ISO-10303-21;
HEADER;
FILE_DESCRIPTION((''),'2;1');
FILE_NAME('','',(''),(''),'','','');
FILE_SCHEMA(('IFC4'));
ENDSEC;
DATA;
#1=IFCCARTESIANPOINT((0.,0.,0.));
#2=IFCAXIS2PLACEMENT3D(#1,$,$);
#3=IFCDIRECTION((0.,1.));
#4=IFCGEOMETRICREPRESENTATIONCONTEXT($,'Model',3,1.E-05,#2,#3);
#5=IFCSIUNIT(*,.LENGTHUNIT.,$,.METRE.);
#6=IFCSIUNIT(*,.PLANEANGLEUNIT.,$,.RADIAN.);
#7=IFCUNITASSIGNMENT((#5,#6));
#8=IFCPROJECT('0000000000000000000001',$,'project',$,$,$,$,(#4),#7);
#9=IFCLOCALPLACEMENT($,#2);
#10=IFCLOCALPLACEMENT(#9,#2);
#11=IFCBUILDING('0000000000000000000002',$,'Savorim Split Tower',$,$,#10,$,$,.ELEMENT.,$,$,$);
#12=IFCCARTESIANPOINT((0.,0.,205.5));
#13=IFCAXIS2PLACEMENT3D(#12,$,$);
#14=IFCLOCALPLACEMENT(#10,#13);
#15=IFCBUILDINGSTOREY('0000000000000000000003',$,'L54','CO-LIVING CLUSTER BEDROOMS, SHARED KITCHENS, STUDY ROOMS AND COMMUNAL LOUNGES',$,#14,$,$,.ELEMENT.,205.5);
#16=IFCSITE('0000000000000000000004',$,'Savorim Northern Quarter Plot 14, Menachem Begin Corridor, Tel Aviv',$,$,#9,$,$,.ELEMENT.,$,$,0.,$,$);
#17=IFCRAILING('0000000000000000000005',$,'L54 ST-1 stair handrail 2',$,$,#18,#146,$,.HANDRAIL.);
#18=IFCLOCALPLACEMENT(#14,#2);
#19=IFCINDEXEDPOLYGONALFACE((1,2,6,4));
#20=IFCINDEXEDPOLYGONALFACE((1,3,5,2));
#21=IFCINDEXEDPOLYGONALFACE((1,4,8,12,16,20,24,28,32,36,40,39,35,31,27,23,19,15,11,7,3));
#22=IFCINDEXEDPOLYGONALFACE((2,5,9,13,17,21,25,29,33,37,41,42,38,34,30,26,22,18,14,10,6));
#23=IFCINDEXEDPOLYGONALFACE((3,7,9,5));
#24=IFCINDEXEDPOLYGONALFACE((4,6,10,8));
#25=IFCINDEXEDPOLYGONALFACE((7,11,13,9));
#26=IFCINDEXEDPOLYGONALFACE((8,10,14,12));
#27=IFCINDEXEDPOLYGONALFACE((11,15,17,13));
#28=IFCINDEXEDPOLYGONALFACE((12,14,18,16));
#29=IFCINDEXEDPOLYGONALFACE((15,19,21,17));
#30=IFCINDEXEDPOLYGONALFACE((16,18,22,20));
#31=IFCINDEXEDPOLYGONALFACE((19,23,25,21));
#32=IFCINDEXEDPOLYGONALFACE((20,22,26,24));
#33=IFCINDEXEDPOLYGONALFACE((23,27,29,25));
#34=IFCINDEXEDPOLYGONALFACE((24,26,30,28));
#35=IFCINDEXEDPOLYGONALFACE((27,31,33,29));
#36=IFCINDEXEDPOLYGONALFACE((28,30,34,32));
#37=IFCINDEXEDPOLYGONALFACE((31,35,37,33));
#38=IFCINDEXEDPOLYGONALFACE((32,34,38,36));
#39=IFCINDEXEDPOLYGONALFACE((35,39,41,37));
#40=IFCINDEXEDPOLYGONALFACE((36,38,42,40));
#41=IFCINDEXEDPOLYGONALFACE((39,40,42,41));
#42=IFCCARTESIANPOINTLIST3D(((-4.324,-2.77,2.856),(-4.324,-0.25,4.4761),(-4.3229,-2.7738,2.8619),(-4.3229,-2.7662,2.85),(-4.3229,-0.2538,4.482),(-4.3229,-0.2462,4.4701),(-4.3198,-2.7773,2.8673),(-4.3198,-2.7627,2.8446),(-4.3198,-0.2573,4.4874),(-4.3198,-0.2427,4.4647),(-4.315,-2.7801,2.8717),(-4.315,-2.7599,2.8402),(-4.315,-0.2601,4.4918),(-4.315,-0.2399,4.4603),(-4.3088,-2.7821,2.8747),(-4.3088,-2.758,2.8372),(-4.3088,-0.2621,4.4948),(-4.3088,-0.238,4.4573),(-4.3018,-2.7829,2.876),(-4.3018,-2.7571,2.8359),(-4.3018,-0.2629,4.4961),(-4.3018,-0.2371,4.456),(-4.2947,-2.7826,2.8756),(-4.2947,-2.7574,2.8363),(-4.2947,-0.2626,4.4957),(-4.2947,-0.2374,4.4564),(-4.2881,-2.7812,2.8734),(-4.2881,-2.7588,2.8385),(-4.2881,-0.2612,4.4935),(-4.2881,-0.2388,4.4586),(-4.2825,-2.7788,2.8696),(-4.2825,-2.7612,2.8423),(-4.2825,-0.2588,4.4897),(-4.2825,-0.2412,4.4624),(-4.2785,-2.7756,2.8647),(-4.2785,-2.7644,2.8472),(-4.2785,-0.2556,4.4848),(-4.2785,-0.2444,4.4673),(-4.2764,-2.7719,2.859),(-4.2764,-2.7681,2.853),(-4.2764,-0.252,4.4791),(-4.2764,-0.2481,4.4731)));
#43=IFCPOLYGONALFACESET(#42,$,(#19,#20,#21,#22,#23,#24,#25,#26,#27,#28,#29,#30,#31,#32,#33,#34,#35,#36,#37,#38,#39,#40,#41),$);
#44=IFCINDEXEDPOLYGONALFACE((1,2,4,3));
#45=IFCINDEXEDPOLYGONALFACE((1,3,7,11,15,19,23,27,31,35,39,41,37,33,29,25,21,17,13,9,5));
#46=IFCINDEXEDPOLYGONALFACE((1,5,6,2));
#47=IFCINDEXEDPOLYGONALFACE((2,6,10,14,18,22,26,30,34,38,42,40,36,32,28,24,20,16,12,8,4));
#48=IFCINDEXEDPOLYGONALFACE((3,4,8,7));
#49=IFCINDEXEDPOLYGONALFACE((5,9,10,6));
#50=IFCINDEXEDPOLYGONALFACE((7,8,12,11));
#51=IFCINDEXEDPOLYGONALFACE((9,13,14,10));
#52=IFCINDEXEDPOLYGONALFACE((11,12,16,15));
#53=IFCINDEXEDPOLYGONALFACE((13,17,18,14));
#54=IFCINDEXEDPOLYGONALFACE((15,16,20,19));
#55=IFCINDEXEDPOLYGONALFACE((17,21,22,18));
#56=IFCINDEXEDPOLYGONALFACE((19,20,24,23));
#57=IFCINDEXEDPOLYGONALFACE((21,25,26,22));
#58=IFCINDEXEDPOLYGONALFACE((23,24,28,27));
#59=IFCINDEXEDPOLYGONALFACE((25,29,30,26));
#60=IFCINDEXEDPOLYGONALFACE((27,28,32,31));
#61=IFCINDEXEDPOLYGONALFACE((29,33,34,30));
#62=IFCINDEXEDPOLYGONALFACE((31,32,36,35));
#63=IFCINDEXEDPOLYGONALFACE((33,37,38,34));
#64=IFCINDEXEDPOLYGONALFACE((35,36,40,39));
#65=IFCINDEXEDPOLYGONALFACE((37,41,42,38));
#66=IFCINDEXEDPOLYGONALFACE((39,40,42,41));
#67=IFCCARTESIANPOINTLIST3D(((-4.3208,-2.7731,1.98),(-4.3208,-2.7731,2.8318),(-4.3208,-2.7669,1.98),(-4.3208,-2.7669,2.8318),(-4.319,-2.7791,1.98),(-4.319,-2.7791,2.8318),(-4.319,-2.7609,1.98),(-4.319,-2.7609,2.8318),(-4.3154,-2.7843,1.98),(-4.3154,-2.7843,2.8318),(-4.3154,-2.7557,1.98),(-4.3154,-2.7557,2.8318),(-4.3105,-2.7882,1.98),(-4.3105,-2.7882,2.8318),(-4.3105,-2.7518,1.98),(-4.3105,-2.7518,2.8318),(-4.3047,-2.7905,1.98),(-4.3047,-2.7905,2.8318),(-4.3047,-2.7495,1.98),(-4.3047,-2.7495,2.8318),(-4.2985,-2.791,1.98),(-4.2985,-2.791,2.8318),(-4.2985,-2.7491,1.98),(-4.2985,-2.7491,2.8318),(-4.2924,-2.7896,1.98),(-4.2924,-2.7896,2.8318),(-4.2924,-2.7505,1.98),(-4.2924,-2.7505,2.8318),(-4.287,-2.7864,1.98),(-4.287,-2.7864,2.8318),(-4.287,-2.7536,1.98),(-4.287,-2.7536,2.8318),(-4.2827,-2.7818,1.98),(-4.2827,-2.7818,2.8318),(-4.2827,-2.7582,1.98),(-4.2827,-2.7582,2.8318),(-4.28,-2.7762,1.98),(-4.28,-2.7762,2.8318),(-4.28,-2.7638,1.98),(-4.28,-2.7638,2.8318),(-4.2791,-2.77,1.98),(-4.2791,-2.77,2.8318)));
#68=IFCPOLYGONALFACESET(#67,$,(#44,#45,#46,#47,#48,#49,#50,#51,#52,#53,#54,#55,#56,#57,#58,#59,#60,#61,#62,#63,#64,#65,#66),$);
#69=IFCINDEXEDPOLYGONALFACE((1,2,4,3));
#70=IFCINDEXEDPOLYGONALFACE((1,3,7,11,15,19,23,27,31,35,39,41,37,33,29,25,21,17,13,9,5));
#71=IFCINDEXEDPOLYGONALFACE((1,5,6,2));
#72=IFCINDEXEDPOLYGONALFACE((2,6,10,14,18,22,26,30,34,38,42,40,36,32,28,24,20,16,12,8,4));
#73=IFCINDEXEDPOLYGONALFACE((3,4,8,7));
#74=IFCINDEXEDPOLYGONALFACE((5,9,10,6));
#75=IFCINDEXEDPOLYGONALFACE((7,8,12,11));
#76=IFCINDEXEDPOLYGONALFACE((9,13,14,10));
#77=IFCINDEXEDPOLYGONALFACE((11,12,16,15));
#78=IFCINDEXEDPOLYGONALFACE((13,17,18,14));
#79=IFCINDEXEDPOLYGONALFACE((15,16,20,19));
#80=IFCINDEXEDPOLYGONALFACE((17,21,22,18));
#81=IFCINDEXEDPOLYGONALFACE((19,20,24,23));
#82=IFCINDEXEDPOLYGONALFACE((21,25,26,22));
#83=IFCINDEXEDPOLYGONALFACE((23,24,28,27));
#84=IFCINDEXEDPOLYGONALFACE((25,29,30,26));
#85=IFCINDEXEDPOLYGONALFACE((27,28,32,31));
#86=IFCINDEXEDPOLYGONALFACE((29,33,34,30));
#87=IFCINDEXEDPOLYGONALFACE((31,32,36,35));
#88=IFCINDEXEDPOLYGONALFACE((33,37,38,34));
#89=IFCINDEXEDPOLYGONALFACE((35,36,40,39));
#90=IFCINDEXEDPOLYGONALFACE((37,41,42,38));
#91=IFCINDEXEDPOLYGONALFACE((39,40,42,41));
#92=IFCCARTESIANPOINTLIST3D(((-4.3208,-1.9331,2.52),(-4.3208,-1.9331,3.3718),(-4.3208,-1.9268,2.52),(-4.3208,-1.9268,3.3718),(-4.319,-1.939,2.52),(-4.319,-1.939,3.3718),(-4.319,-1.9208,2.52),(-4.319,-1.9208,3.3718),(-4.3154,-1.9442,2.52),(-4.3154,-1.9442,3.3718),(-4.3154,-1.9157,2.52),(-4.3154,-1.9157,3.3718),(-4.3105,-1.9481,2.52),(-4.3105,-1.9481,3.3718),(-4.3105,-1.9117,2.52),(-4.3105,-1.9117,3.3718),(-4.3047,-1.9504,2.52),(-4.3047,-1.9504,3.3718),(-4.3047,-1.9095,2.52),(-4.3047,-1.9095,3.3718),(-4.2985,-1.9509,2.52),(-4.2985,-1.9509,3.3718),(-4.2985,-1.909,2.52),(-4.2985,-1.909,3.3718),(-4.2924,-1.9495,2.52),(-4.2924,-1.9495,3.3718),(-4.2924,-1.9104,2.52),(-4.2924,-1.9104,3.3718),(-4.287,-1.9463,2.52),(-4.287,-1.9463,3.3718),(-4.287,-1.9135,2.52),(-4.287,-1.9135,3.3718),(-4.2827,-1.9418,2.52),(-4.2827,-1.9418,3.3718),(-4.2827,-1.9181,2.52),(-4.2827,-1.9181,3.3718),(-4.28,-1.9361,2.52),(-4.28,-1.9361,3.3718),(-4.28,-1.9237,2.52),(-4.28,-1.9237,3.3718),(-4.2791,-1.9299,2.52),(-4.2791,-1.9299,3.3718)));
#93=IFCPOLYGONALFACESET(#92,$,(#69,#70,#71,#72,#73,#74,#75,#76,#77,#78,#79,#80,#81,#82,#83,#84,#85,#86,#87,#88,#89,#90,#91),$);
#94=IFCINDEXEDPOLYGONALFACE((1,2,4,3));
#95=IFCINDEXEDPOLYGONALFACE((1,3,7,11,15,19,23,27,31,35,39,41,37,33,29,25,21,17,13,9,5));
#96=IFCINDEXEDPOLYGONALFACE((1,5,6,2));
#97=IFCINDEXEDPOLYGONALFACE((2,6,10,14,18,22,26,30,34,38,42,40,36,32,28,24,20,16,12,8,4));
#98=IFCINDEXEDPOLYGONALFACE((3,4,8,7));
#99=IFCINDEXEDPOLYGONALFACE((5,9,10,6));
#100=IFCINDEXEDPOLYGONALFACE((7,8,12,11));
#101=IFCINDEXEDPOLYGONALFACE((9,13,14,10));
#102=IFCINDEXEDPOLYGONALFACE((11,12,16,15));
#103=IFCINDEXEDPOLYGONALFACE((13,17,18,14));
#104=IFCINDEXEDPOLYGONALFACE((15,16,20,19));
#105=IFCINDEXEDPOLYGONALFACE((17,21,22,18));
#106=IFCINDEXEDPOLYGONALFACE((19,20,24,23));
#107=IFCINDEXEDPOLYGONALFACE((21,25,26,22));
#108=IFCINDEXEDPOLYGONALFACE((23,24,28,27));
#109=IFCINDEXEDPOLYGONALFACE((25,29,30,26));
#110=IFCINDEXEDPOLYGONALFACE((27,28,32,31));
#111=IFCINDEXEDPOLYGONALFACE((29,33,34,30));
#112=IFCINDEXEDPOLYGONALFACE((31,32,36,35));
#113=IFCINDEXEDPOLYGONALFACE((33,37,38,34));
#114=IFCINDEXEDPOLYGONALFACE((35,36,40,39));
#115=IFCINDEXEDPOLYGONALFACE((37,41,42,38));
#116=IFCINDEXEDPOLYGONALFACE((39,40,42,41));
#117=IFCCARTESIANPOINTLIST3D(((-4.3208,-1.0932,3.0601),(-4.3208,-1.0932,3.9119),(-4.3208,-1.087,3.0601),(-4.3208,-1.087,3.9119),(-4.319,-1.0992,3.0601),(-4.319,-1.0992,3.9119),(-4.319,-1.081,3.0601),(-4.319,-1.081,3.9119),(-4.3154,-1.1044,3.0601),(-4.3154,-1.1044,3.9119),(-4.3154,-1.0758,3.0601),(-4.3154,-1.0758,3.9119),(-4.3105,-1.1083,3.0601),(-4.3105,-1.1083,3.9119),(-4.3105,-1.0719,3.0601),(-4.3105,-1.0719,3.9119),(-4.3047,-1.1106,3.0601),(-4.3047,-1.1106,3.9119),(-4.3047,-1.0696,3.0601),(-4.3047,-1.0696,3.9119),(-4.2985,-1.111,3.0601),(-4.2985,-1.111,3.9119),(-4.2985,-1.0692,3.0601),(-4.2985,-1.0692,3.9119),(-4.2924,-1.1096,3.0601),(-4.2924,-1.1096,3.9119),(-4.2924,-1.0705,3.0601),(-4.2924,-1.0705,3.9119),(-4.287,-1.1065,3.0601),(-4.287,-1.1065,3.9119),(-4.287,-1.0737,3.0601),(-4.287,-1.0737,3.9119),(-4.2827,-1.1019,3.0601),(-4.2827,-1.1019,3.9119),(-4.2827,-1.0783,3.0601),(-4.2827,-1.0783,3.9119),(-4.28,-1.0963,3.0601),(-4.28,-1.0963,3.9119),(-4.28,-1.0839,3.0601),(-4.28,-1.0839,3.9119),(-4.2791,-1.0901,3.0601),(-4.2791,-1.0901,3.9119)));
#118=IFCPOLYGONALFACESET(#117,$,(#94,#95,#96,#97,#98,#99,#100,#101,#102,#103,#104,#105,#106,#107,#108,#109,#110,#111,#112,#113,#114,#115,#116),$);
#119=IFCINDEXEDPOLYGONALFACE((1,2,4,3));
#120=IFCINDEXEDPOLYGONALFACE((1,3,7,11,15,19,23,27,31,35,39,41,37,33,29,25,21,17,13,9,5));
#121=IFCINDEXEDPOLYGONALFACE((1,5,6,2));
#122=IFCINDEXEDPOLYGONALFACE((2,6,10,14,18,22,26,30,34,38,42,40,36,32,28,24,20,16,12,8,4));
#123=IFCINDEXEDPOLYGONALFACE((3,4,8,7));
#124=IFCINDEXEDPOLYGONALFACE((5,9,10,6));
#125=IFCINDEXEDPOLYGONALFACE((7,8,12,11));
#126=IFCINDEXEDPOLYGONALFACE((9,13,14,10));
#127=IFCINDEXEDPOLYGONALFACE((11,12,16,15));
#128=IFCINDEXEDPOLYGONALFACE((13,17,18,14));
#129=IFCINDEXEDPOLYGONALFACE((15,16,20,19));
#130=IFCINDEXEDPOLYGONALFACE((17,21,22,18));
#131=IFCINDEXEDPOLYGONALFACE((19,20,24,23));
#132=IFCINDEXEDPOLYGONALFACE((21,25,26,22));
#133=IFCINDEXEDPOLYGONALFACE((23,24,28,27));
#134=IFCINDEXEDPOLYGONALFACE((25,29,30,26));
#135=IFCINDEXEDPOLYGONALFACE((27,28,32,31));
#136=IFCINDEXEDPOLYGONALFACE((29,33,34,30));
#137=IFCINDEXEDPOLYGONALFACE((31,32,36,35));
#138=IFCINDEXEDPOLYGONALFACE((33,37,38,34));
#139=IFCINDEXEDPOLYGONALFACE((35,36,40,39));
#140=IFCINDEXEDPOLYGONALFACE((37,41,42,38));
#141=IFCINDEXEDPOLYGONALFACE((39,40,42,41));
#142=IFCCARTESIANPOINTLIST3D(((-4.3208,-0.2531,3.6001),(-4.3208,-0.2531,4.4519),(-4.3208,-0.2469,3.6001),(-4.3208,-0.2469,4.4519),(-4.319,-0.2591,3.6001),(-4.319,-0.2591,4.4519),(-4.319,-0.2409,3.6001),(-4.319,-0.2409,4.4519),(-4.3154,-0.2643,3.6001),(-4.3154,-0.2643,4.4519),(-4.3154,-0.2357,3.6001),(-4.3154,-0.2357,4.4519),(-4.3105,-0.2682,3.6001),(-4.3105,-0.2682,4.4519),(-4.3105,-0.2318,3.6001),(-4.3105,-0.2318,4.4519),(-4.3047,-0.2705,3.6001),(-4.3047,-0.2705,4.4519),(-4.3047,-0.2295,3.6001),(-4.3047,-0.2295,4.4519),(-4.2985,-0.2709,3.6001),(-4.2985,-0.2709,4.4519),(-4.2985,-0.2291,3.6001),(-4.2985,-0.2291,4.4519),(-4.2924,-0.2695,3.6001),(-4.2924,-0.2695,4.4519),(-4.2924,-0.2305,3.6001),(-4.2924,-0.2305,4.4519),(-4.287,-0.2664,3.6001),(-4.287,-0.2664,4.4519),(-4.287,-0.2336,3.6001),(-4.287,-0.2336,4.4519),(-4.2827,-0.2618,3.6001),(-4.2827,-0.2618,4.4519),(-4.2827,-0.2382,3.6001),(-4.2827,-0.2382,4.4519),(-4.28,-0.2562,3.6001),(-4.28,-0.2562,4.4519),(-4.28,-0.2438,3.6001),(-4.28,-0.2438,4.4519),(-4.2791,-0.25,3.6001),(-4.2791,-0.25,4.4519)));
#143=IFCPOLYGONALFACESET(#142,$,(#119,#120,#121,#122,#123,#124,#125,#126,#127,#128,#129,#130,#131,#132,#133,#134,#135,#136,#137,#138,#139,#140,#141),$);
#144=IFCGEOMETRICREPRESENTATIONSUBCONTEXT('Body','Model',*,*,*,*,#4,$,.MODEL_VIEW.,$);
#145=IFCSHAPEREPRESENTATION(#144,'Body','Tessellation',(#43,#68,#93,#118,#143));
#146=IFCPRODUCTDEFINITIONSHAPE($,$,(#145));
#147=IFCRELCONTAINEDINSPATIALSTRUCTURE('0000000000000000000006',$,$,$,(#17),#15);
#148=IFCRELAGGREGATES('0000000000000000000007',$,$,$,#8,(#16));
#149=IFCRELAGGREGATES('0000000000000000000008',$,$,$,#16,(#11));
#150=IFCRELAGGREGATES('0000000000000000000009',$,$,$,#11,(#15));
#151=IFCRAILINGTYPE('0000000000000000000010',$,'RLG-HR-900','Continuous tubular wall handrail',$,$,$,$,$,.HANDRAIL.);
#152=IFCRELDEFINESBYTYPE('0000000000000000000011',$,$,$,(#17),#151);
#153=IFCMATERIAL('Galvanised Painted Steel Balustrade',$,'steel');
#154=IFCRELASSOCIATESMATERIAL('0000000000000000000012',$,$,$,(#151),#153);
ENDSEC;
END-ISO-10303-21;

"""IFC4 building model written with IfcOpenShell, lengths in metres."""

from ifc_helpers import new_model, si_unit, direction, frame, origin, origin_2d, place, context, subcontext, project, spatial, circle, extrude, material, type_object, element, save


model = new_model("IFC4")

# Units and contexts
model_context = context("Model", 3, precision=1e-05, world=origin(), true_north=direction((0.0, 1.0)))
body_context = subcontext(model_context, "Body", "Model", "MODEL_VIEW")
ifc_project = project(units=[si_unit("LENGTHUNIT", "METRE"), si_unit("PLANEANGLEUNIT", "RADIAN")], contexts=[model_context])

# Site, building, storey
site_placement = place(None, origin())
site = spatial("IfcSite", under=ifc_project, at=site_placement, Name="Savorim Northern Quarter Plot 14, Menachem Begin Corridor, Tel Aviv", CompositionType="ELEMENT", RefElevation=0.0)
building_placement = place(site_placement, origin())
building = spatial("IfcBuilding", under=site, at=building_placement, Name="Savorim Split Tower", CompositionType="ELEMENT")
storey_placement = place(building_placement, frame((0.0, 0.0, 205.5)))
storey = spatial("IfcBuildingStorey", under=building, at=storey_placement, Name="L54", Description="CO-LIVING CLUSTER BEDROOMS, SHARED KITCHENS, STUDY ROOMS AND COMMUNAL LOUNGES", CompositionType="ELEMENT", Elevation=205.5)

# Railing
ifc_material_1 = material(Name="Galvanised Painted Steel Balustrade", Category="steel")
railing_type_1 = type_object("IfcRailingType", Name="RLG-HR-900", Description="Continuous tubular wall handrail", PredefinedType="HANDRAIL", material=ifc_material_1)
railing_1_placement = place(storey_placement, frame((-4.3, -2.77, 1.98)))
element("IfcRailing", 1, at=railing_1_placement, inside=storey, type_object=railing_type_1, Name="L54 ST-1 stair handrail 2", PredefinedType="HANDRAIL", context=body_context, shape_type="SweptSolid", body=[
    extrude(circle(Radius=0.0239, at=origin_2d()), frame((0.0, 0.0, 0.876), z_axis=(0.0, 0.841163, 0.540782), x_axis=(-1.0, 0.0, 0.0)), (0.0, 0.0, 1.0), 2.9958),
    extrude(circle(Radius=0.021, at=origin_2d()), origin(), (0.0, 0.0, 1.0), 0.8518),
    extrude(circle(Radius=0.021, at=origin_2d()), frame((0.0, 0.8401, 0.54)), (0.0, 0.0, 1.0), 0.8518),
    extrude(circle(Radius=0.021, at=origin_2d()), frame((0.0, 1.6799, 1.0801)), (0.0, 0.0, 1.0), 0.8518),
    extrude(circle(Radius=0.021, at=origin_2d()), frame((0.0, 2.52, 1.6201)), (0.0, 0.0, 1.0), 0.8518),
])

save(model, "model.ifc")
